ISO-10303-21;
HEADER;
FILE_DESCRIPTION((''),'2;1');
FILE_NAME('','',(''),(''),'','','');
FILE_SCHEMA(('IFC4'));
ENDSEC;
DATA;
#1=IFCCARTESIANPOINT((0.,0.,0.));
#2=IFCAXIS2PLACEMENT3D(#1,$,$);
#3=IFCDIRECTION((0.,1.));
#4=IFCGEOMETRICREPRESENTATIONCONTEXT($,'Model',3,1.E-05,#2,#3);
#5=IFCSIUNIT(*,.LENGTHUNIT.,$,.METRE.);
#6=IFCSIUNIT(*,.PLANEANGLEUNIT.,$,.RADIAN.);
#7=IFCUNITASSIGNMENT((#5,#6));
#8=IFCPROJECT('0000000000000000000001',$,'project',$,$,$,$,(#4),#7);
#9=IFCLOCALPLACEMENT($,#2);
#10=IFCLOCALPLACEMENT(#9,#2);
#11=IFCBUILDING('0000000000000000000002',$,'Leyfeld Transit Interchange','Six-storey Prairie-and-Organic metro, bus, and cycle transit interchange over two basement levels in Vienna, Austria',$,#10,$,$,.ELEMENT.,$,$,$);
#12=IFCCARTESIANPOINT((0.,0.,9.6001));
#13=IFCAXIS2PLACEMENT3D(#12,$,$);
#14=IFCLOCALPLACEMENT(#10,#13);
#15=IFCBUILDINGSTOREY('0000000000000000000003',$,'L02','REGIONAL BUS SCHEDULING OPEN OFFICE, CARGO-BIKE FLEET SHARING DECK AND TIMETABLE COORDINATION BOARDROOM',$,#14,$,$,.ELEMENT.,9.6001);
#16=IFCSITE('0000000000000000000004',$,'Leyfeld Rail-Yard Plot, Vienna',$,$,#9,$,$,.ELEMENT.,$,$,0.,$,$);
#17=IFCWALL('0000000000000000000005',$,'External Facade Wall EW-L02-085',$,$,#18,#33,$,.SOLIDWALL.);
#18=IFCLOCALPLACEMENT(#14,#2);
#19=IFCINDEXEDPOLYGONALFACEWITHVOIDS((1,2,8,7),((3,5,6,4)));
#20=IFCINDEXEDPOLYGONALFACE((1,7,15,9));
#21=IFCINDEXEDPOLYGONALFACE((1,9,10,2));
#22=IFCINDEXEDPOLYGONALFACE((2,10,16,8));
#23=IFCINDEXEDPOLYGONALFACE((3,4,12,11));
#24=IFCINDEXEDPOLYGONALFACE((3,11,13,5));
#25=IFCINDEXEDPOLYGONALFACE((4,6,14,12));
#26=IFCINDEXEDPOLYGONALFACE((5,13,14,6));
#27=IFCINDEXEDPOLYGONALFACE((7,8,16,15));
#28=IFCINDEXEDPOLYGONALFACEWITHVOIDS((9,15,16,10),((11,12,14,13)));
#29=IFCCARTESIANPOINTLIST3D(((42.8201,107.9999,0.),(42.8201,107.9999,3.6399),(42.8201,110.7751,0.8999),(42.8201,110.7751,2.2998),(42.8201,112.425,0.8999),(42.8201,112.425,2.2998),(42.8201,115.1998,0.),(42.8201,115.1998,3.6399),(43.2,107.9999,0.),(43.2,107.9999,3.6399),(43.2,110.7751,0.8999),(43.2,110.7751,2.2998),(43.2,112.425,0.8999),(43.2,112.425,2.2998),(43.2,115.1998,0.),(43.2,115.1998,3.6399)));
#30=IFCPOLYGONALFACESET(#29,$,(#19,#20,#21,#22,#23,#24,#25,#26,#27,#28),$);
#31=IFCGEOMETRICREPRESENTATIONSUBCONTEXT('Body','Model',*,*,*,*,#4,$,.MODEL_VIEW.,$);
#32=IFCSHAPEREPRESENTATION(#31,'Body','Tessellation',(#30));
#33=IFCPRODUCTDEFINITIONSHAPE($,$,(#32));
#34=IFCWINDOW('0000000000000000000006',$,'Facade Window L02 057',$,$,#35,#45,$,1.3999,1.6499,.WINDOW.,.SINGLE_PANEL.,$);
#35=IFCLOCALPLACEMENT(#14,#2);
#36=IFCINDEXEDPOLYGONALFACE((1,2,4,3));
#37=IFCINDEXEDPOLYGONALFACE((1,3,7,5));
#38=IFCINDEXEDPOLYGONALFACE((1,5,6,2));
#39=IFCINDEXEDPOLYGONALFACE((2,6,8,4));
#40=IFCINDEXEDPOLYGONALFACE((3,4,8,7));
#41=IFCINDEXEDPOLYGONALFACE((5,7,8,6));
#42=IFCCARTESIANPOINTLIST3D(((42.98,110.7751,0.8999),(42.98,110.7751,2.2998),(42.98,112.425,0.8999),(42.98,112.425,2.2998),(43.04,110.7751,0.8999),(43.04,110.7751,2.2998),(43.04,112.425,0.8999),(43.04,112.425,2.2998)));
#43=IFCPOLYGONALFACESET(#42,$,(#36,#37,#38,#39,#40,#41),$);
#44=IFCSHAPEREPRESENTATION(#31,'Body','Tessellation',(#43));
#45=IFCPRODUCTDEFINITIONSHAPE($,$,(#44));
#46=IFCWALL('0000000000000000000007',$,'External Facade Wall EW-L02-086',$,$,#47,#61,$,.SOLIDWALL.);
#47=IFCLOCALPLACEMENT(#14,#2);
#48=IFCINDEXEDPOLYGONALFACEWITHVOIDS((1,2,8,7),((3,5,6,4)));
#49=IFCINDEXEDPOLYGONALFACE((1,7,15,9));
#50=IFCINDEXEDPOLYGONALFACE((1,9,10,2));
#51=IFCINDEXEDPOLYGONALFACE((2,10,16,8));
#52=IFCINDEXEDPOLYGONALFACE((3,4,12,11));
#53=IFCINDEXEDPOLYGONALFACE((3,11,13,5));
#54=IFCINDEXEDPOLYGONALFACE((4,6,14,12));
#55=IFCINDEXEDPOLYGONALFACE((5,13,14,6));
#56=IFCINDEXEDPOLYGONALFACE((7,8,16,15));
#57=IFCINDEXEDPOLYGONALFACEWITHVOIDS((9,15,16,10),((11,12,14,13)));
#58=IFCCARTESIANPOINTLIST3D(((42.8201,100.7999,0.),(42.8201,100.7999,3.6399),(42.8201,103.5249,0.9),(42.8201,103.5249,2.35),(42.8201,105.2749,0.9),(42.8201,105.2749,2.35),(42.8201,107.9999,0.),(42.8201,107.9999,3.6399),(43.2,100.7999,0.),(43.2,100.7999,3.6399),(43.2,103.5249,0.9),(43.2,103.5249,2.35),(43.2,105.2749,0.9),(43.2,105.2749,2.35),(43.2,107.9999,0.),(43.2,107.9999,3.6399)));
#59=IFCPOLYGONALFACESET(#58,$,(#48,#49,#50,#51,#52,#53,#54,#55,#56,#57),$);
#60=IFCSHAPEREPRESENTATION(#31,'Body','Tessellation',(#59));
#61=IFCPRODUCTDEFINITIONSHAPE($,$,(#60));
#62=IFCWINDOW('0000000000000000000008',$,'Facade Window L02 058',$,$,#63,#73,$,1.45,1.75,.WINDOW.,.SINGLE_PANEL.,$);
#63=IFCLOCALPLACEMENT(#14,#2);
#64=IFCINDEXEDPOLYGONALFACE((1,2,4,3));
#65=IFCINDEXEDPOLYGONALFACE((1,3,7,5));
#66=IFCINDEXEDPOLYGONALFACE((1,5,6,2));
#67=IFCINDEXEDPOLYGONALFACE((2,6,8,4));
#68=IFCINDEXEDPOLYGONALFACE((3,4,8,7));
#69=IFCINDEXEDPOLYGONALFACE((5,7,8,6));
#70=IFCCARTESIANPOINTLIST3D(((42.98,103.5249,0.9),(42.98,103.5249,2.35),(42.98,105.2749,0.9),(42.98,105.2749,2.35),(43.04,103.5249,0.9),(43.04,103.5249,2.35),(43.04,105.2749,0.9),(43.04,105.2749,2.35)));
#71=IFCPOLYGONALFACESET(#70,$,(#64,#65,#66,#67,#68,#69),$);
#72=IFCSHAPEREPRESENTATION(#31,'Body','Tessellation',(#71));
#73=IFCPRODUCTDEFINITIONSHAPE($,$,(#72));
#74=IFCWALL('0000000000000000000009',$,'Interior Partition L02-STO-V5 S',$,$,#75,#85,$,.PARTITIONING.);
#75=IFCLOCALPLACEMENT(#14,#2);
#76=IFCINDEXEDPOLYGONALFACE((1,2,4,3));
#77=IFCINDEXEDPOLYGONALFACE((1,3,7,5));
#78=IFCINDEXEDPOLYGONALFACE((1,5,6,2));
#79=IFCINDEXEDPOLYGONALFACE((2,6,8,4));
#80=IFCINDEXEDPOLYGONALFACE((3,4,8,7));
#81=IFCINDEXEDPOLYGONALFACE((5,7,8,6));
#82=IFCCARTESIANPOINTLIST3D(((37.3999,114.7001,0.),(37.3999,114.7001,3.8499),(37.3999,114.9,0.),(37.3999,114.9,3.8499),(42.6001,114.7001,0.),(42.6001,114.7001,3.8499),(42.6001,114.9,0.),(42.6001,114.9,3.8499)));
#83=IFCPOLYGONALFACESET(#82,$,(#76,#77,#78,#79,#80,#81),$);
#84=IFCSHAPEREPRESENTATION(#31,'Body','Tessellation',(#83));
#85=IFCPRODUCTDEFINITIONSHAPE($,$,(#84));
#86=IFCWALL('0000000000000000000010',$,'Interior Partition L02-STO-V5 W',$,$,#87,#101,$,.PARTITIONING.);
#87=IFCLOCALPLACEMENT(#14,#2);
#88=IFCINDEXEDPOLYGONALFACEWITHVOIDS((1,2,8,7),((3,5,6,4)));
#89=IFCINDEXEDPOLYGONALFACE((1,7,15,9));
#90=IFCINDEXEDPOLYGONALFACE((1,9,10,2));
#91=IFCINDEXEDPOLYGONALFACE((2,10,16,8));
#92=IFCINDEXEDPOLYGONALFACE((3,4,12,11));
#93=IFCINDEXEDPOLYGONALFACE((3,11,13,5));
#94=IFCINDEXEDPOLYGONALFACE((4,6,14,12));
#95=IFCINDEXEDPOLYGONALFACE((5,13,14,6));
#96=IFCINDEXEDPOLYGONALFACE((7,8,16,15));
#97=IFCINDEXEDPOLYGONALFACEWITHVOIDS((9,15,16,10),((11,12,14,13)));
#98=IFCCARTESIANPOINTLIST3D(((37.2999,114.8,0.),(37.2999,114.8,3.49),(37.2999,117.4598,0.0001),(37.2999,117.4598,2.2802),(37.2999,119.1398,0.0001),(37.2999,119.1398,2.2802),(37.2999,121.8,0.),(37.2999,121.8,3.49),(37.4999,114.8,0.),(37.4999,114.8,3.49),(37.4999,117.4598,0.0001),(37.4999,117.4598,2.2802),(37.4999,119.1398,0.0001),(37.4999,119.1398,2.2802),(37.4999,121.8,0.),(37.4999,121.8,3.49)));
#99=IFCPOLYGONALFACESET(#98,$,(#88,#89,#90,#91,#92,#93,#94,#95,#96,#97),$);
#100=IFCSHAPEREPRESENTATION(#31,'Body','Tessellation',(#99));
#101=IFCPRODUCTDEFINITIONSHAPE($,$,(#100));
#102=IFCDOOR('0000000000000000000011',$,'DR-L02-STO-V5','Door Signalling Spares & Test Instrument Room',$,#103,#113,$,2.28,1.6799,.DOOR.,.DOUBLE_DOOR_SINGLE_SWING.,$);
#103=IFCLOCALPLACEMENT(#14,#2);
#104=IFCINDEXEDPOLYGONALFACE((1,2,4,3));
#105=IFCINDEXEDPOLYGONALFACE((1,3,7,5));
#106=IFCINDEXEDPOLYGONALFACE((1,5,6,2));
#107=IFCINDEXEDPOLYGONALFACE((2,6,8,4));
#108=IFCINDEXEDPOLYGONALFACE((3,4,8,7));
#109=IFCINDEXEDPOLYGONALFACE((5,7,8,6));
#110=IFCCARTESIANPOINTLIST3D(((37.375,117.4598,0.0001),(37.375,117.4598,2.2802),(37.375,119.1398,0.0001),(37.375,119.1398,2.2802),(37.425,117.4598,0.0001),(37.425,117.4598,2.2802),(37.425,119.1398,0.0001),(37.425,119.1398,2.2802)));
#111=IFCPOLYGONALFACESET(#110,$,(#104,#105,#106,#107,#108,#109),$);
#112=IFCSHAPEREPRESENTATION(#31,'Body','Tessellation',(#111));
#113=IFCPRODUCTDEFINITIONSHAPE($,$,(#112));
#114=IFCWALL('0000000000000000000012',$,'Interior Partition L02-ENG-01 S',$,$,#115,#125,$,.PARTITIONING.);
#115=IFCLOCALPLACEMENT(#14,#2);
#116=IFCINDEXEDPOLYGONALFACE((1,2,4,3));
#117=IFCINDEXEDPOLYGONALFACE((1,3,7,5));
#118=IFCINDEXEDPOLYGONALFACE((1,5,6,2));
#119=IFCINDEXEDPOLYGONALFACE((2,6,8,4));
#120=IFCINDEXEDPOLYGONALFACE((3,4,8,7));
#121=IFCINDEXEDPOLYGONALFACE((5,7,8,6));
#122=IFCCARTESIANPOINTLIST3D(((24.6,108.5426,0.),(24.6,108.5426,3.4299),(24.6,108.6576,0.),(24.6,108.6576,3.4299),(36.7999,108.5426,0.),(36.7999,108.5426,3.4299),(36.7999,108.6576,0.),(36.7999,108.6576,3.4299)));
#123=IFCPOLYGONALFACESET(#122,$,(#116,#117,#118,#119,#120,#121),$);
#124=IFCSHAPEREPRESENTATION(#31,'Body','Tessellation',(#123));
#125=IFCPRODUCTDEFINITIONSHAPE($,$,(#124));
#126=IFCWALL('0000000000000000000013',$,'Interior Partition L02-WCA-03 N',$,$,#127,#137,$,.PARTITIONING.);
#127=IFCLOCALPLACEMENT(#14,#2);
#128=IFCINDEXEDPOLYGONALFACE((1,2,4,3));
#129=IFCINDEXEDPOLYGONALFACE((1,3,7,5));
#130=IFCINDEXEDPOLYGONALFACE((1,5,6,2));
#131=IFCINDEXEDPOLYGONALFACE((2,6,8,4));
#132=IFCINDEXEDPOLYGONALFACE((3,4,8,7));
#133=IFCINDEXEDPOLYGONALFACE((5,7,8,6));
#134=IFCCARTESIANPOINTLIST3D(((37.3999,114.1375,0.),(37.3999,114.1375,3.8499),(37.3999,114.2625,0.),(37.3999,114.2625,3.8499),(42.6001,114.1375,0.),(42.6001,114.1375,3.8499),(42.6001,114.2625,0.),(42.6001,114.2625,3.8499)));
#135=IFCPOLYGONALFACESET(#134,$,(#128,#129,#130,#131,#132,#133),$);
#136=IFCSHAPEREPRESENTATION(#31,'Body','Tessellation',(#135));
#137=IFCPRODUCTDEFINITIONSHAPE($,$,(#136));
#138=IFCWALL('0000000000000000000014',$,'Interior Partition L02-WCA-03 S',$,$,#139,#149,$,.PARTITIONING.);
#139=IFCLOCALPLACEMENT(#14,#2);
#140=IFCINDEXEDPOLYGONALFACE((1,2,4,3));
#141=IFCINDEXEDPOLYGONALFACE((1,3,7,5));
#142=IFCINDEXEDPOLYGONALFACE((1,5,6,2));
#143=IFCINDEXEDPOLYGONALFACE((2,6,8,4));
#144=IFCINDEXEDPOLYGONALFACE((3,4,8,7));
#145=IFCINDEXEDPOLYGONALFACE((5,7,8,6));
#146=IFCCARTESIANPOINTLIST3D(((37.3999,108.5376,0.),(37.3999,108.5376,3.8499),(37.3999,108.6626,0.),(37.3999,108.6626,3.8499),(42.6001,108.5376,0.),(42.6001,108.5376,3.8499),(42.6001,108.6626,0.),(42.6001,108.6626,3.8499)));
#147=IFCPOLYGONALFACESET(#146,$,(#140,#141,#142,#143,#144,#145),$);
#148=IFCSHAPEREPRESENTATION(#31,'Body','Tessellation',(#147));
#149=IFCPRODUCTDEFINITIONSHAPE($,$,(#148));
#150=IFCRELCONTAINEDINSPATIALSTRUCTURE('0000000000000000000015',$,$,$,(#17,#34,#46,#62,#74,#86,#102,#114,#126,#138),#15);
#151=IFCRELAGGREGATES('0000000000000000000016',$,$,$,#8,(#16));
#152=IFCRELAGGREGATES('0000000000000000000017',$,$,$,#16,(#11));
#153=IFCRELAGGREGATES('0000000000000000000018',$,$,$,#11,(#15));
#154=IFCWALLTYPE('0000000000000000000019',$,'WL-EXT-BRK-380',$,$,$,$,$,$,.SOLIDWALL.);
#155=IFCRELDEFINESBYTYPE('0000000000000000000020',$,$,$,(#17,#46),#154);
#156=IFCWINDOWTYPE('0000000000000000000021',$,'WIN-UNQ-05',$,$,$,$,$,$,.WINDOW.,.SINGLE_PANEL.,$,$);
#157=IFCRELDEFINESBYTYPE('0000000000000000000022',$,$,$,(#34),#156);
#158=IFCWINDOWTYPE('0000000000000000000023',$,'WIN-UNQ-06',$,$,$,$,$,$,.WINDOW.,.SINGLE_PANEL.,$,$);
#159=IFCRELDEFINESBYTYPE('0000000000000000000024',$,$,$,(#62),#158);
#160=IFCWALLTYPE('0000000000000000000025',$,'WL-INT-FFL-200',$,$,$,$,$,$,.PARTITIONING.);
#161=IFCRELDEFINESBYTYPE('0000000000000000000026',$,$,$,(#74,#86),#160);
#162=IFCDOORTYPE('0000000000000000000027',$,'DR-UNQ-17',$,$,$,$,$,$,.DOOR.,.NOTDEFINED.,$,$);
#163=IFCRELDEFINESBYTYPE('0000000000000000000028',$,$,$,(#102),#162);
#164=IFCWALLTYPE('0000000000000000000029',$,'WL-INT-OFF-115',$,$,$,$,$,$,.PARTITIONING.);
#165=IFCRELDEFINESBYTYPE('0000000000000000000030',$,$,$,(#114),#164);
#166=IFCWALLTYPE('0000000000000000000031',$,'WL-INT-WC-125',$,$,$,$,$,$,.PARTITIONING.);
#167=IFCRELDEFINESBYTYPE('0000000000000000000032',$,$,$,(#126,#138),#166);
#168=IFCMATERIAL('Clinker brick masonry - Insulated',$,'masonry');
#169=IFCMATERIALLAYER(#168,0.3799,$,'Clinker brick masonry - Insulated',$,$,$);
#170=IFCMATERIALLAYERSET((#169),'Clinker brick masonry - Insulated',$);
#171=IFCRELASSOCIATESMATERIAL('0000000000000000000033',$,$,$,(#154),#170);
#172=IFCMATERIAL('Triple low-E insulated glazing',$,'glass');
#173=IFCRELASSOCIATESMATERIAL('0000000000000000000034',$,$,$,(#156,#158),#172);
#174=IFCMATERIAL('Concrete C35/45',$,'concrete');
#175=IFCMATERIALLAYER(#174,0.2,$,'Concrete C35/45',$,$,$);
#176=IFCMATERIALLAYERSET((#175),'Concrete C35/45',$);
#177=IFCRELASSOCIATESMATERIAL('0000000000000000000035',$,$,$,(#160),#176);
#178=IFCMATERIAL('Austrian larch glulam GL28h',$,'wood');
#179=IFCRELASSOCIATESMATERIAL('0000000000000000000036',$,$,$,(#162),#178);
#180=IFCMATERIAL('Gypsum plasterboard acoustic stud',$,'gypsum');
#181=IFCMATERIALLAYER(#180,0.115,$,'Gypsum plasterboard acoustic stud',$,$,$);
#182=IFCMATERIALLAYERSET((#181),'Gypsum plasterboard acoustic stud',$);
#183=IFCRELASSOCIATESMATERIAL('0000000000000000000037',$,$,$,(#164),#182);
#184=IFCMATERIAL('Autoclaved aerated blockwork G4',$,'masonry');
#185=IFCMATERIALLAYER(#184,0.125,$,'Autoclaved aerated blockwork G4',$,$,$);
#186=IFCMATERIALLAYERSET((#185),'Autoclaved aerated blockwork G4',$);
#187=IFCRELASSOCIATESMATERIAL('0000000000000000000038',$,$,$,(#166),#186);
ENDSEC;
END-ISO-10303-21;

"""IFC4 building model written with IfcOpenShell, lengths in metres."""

from ifc_helpers import new_model, si_unit, direction, frame, frame_2d, origin, place, context, subcontext, project, spatial, rectangle, extrude, material, layer, layer_set, type_object, element, fill, save


model = new_model("IFC4")

# Units and contexts
model_context = context("Model", 3, precision=1e-05, world=origin(), true_north=direction((0.0, 1.0)))
body_context = subcontext(model_context, "Body", "Model", "MODEL_VIEW")
ifc_project = project(units=[si_unit("LENGTHUNIT", "METRE"), si_unit("PLANEANGLEUNIT", "RADIAN")], contexts=[model_context])

# Site, building, storey
site_placement = place(None, origin())
site = spatial("IfcSite", under=ifc_project, at=site_placement, Name="Leyfeld Rail-Yard Plot, Vienna", CompositionType="ELEMENT", RefElevation=0.0)
building_placement = place(site_placement, origin())
building = spatial("IfcBuilding", under=site, at=building_placement, Name="Leyfeld Transit Interchange", Description="Six-storey Prairie-and-Organic metro, bus, and cycle transit interchange over two basement levels in Vienna, Austria", CompositionType="ELEMENT")
storey_placement = place(building_placement, frame((0.0, 0.0, 9.6001)))
storey = spatial("IfcBuildingStorey", under=building, at=storey_placement, Name="L02", Description="REGIONAL BUS SCHEDULING OPEN OFFICE, CARGO-BIKE FLEET SHARING DECK AND TIMETABLE COORDINATION BOARDROOM", CompositionType="ELEMENT", Elevation=9.6001)

# Shared definitions
ifc_material_1 = material(Name="Concrete C35/45", Category="concrete")

# Walls, openings, windows
ifc_material_2 = material(Name="Clinker brick masonry - Insulated", Category="masonry")
ifc_layer_1 = layer(ifc_material_2, 0.3799, Name="Clinker brick masonry - Insulated")
ifc_layer_set_1 = layer_set([ifc_layer_1], Name="Clinker brick masonry - Insulated")
wall_type_1 = type_object("IfcWallType", Name="WL-EXT-BRK-380", PredefinedType="SOLIDWALL", material=ifc_layer_set_1)
ifc_material_3 = material(Name="Triple low-E insulated glazing", Category="glass")
wall_1_placement = place(storey_placement, frame((43.01, 115.2, 0.0), z_axis=(0.0, 0.0, 1.0), x_axis=(0.0, -1.0, 0.0)))
wall_1 = element("IfcWall", 1, at=wall_1_placement, inside=storey, type_object=wall_type_1, Name="External Facade Wall EW-L02-085", PredefinedType="SOLIDWALL", context=body_context, shape_type="SweptSolid", body=[
    extrude(rectangle(XDim=7.2, YDim=0.3799, at=frame_2d((3.6001, 0.0))), origin(), (0.0, 0.0, 1.0), 3.6399),
])
opening_1_placement = place(wall_1_placement, frame((2.7749, 0.0, 0.8999)))
opening_1 = element("IfcOpeningElement", 2, at=opening_1_placement, cuts=wall_1, PredefinedType="OPENING", context=body_context, shape_type="SweptSolid", body=[
    extrude(rectangle(XDim=1.6499, YDim=1.3999, at=frame_2d((0.825, 0.7))), frame((0.0, 0.2, 0.0), z_axis=(0.0, -1.0, 0.0), x_axis=(1.0, 0.0, 0.0)), (0.0, 0.0, 1.0), 0.3999),
])
window_type_1 = type_object("IfcWindowType", Name="WIN-UNQ-05", PartitioningType="SINGLE_PANEL", PredefinedType="WINDOW", material=ifc_material_3)
window_1_placement = place(opening_1_placement, origin())
window_1 = element("IfcWindow", 3, at=window_1_placement, inside=storey, type_object=window_type_1, Name="Facade Window L02 057", OverallHeight=1.3999, OverallWidth=1.6499, PartitioningType="SINGLE_PANEL", PredefinedType="WINDOW", context=body_context, shape_type="SweptSolid", body=[
    extrude(rectangle(XDim=1.6499, YDim=1.3999, at=frame_2d((0.825, 0.7))), frame((0.0, 0.03, 0.0), z_axis=(0.0, -1.0, 0.0), x_axis=(1.0, 0.0, 0.0)), (0.0, 0.0, 1.0), 0.0601),
])
fill(opening_1, window_1)
wall_2_placement = place(storey_placement, frame((43.01, 108.0, 0.0), z_axis=(0.0, 0.0, 1.0), x_axis=(0.0, -1.0, 0.0)))
wall_2 = element("IfcWall", 4, at=wall_2_placement, inside=storey, type_object=wall_type_1, Name="External Facade Wall EW-L02-086", PredefinedType="SOLIDWALL", context=body_context, shape_type="SweptSolid", body=[
    extrude(rectangle(XDim=7.2, YDim=0.3799, at=frame_2d((3.6001, 0.0))), origin(), (0.0, 0.0, 1.0), 3.6399),
])
opening_2_placement = place(wall_2_placement, frame((2.7251, 0.0, 0.8999)))
opening_2 = element("IfcOpeningElement", 5, at=opening_2_placement, cuts=wall_2, PredefinedType="OPENING", context=body_context, shape_type="SweptSolid", body=[
    extrude(rectangle(XDim=1.75, YDim=1.45, at=frame_2d((0.875, 0.7251))), frame((0.0, 0.2, 0.0), z_axis=(0.0, -1.0, 0.0), x_axis=(1.0, 0.0, 0.0)), (0.0, 0.0, 1.0), 0.3999),
])
window_type_2 = type_object("IfcWindowType", Name="WIN-UNQ-06", PartitioningType="SINGLE_PANEL", PredefinedType="WINDOW", material=ifc_material_3)
window_2_placement = place(opening_2_placement, origin())
window_2 = element("IfcWindow", 6, at=window_2_placement, inside=storey, type_object=window_type_2, Name="Facade Window L02 058", OverallHeight=1.45, OverallWidth=1.75, PartitioningType="SINGLE_PANEL", PredefinedType="WINDOW", context=body_context, shape_type="SweptSolid", body=[
    extrude(rectangle(XDim=1.75, YDim=1.45, at=frame_2d((0.875, 0.7251))), frame((0.0, 0.03, 0.0), z_axis=(0.0, -1.0, 0.0), x_axis=(1.0, 0.0, 0.0)), (0.0, 0.0, 1.0), 0.0601),
])
fill(opening_2, window_2)

# Wall
ifc_layer_2 = layer(ifc_material_1, 0.2, Name="Concrete C35/45")
ifc_layer_set_2 = layer_set([ifc_layer_2], Name="Concrete C35/45")
wall_type_2 = type_object("IfcWallType", Name="WL-INT-FFL-200", PredefinedType="PARTITIONING", material=ifc_layer_set_2)
wall_3_placement = place(storey_placement, frame((42.6001, 114.8, 0.0), z_axis=(0.0, 0.0, 1.0), x_axis=(-1.0, 0.0, 0.0)))
element("IfcWall", 7, at=wall_3_placement, inside=storey, type_object=wall_type_2, Name="Interior Partition L02-STO-V5 S", PredefinedType="PARTITIONING", context=body_context, shape_type="SweptSolid", body=[
    extrude(rectangle(XDim=5.2002, YDim=0.2, at=frame_2d((2.6001, 0.0))), origin(), (0.0, 0.0, 1.0), 3.8499),
])

# Wall, opening, door
wall_4_placement = place(storey_placement, frame((37.3999, 114.8, 0.0), z_axis=(0.0, 0.0, 1.0), x_axis=(0.0, 1.0, 0.0)))
wall_4 = element("IfcWall", 8, at=wall_4_placement, inside=storey, type_object=wall_type_2, Name="Interior Partition L02-STO-V5 W", PredefinedType="PARTITIONING", context=body_context, shape_type="SweptSolid", body=[
    extrude(rectangle(XDim=7.0, YDim=0.2, at=frame_2d((3.5, 0.0))), origin(), (0.0, 0.0, 1.0), 3.49),
])
opening_3_placement = place(wall_4_placement, frame((2.6599, 0.0, 0.0)))
opening_3 = element("IfcOpeningElement", 9, at=opening_3_placement, cuts=wall_4, PredefinedType="OPENING", context=body_context, shape_type="SweptSolid", body=[
    extrude(rectangle(XDim=1.6799, YDim=2.28, at=frame_2d((0.8398, 1.1401))), frame((0.0, 0.1099, 0.0), z_axis=(0.0, -1.0, 0.0), x_axis=(1.0, 0.0, 0.0)), (0.0, 0.0, 1.0), 0.22),
])
ifc_material_4 = material(Name="Austrian larch glulam GL28h", Category="wood")
door_type_1 = type_object("IfcDoorType", Name="DR-UNQ-17", OperationType="NOTDEFINED", PredefinedType="DOOR", material=ifc_material_4)
door_1_placement = place(opening_3_placement, origin())
door_1 = element("IfcDoor", 10, at=door_1_placement, inside=storey, type_object=door_type_1, Name="DR-L02-STO-V5", Description="Door Signalling Spares & Test Instrument Room", OperationType="DOUBLE_DOOR_SINGLE_SWING", OverallHeight=2.28, OverallWidth=1.6799, PredefinedType="DOOR", context=body_context, shape_type="SweptSolid", body=[
    extrude(rectangle(XDim=1.6799, YDim=2.28, at=frame_2d((0.8398, 1.1401))), frame((0.0, 0.0249, 0.0), z_axis=(0.0, -1.0, 0.0), x_axis=(1.0, 0.0, 0.0)), (0.0, 0.0, 1.0), 0.05),
])
fill(opening_3, door_1)

# Walls
ifc_material_5 = material(Name="Gypsum plasterboard acoustic stud", Category="gypsum")
ifc_layer_3 = layer(ifc_material_5, 0.115, Name="Gypsum plasterboard acoustic stud")
ifc_layer_set_3 = layer_set([ifc_layer_3], Name="Gypsum plasterboard acoustic stud")
wall_type_3 = type_object("IfcWallType", Name="WL-INT-OFF-115", PredefinedType="PARTITIONING", material=ifc_layer_set_3)
wall_5_placement = place(storey_placement, frame((36.8, 108.6001, 0.0), z_axis=(0.0, 0.0, 1.0), x_axis=(-1.0, 0.0, 0.0)))
element("IfcWall", 11, at=wall_5_placement, inside=storey, type_object=wall_type_3, Name="Interior Partition L02-ENG-01 S", PredefinedType="PARTITIONING", context=body_context, shape_type="SweptSolid", body=[
    extrude(rectangle(XDim=12.2, YDim=0.115, at=frame_2d((6.1001, 0.0))), origin(), (0.0, 0.0, 1.0), 3.4299),
])
ifc_material_6 = material(Name="Autoclaved aerated blockwork G4", Category="masonry")
ifc_layer_4 = layer(ifc_material_6, 0.125, Name="Autoclaved aerated blockwork G4")
ifc_layer_set_4 = layer_set([ifc_layer_4], Name="Autoclaved aerated blockwork G4")
wall_type_4 = type_object("IfcWallType", Name="WL-INT-WC-125", PredefinedType="PARTITIONING", material=ifc_layer_set_4)
for number, where, z_axis, x_axis, name in (
    (12, (37.3999, 114.2, 0.0), (0.0, 0.0, 1.0), (1.0, 0.0, 0.0), "Interior Partition L02-WCA-03 N"),
    (13, (42.6001, 108.6001, 0.0), (0.0, 0.0, 1.0), (-1.0, 0.0, 0.0), "Interior Partition L02-WCA-03 S"),
):
    element("IfcWall", number, at=place(storey_placement, frame(where, z_axis=z_axis, x_axis=x_axis)), inside=storey, type_object=wall_type_4, Name=name, PredefinedType="PARTITIONING", context=body_context, shape_type="SweptSolid", body=[
        extrude(rectangle(XDim=5.2002, YDim=0.125, at=frame_2d((2.6001, 0.0))), origin(), (0.0, 0.0, 1.0), 3.8499),
    ])

save(model, "model.ifc")
